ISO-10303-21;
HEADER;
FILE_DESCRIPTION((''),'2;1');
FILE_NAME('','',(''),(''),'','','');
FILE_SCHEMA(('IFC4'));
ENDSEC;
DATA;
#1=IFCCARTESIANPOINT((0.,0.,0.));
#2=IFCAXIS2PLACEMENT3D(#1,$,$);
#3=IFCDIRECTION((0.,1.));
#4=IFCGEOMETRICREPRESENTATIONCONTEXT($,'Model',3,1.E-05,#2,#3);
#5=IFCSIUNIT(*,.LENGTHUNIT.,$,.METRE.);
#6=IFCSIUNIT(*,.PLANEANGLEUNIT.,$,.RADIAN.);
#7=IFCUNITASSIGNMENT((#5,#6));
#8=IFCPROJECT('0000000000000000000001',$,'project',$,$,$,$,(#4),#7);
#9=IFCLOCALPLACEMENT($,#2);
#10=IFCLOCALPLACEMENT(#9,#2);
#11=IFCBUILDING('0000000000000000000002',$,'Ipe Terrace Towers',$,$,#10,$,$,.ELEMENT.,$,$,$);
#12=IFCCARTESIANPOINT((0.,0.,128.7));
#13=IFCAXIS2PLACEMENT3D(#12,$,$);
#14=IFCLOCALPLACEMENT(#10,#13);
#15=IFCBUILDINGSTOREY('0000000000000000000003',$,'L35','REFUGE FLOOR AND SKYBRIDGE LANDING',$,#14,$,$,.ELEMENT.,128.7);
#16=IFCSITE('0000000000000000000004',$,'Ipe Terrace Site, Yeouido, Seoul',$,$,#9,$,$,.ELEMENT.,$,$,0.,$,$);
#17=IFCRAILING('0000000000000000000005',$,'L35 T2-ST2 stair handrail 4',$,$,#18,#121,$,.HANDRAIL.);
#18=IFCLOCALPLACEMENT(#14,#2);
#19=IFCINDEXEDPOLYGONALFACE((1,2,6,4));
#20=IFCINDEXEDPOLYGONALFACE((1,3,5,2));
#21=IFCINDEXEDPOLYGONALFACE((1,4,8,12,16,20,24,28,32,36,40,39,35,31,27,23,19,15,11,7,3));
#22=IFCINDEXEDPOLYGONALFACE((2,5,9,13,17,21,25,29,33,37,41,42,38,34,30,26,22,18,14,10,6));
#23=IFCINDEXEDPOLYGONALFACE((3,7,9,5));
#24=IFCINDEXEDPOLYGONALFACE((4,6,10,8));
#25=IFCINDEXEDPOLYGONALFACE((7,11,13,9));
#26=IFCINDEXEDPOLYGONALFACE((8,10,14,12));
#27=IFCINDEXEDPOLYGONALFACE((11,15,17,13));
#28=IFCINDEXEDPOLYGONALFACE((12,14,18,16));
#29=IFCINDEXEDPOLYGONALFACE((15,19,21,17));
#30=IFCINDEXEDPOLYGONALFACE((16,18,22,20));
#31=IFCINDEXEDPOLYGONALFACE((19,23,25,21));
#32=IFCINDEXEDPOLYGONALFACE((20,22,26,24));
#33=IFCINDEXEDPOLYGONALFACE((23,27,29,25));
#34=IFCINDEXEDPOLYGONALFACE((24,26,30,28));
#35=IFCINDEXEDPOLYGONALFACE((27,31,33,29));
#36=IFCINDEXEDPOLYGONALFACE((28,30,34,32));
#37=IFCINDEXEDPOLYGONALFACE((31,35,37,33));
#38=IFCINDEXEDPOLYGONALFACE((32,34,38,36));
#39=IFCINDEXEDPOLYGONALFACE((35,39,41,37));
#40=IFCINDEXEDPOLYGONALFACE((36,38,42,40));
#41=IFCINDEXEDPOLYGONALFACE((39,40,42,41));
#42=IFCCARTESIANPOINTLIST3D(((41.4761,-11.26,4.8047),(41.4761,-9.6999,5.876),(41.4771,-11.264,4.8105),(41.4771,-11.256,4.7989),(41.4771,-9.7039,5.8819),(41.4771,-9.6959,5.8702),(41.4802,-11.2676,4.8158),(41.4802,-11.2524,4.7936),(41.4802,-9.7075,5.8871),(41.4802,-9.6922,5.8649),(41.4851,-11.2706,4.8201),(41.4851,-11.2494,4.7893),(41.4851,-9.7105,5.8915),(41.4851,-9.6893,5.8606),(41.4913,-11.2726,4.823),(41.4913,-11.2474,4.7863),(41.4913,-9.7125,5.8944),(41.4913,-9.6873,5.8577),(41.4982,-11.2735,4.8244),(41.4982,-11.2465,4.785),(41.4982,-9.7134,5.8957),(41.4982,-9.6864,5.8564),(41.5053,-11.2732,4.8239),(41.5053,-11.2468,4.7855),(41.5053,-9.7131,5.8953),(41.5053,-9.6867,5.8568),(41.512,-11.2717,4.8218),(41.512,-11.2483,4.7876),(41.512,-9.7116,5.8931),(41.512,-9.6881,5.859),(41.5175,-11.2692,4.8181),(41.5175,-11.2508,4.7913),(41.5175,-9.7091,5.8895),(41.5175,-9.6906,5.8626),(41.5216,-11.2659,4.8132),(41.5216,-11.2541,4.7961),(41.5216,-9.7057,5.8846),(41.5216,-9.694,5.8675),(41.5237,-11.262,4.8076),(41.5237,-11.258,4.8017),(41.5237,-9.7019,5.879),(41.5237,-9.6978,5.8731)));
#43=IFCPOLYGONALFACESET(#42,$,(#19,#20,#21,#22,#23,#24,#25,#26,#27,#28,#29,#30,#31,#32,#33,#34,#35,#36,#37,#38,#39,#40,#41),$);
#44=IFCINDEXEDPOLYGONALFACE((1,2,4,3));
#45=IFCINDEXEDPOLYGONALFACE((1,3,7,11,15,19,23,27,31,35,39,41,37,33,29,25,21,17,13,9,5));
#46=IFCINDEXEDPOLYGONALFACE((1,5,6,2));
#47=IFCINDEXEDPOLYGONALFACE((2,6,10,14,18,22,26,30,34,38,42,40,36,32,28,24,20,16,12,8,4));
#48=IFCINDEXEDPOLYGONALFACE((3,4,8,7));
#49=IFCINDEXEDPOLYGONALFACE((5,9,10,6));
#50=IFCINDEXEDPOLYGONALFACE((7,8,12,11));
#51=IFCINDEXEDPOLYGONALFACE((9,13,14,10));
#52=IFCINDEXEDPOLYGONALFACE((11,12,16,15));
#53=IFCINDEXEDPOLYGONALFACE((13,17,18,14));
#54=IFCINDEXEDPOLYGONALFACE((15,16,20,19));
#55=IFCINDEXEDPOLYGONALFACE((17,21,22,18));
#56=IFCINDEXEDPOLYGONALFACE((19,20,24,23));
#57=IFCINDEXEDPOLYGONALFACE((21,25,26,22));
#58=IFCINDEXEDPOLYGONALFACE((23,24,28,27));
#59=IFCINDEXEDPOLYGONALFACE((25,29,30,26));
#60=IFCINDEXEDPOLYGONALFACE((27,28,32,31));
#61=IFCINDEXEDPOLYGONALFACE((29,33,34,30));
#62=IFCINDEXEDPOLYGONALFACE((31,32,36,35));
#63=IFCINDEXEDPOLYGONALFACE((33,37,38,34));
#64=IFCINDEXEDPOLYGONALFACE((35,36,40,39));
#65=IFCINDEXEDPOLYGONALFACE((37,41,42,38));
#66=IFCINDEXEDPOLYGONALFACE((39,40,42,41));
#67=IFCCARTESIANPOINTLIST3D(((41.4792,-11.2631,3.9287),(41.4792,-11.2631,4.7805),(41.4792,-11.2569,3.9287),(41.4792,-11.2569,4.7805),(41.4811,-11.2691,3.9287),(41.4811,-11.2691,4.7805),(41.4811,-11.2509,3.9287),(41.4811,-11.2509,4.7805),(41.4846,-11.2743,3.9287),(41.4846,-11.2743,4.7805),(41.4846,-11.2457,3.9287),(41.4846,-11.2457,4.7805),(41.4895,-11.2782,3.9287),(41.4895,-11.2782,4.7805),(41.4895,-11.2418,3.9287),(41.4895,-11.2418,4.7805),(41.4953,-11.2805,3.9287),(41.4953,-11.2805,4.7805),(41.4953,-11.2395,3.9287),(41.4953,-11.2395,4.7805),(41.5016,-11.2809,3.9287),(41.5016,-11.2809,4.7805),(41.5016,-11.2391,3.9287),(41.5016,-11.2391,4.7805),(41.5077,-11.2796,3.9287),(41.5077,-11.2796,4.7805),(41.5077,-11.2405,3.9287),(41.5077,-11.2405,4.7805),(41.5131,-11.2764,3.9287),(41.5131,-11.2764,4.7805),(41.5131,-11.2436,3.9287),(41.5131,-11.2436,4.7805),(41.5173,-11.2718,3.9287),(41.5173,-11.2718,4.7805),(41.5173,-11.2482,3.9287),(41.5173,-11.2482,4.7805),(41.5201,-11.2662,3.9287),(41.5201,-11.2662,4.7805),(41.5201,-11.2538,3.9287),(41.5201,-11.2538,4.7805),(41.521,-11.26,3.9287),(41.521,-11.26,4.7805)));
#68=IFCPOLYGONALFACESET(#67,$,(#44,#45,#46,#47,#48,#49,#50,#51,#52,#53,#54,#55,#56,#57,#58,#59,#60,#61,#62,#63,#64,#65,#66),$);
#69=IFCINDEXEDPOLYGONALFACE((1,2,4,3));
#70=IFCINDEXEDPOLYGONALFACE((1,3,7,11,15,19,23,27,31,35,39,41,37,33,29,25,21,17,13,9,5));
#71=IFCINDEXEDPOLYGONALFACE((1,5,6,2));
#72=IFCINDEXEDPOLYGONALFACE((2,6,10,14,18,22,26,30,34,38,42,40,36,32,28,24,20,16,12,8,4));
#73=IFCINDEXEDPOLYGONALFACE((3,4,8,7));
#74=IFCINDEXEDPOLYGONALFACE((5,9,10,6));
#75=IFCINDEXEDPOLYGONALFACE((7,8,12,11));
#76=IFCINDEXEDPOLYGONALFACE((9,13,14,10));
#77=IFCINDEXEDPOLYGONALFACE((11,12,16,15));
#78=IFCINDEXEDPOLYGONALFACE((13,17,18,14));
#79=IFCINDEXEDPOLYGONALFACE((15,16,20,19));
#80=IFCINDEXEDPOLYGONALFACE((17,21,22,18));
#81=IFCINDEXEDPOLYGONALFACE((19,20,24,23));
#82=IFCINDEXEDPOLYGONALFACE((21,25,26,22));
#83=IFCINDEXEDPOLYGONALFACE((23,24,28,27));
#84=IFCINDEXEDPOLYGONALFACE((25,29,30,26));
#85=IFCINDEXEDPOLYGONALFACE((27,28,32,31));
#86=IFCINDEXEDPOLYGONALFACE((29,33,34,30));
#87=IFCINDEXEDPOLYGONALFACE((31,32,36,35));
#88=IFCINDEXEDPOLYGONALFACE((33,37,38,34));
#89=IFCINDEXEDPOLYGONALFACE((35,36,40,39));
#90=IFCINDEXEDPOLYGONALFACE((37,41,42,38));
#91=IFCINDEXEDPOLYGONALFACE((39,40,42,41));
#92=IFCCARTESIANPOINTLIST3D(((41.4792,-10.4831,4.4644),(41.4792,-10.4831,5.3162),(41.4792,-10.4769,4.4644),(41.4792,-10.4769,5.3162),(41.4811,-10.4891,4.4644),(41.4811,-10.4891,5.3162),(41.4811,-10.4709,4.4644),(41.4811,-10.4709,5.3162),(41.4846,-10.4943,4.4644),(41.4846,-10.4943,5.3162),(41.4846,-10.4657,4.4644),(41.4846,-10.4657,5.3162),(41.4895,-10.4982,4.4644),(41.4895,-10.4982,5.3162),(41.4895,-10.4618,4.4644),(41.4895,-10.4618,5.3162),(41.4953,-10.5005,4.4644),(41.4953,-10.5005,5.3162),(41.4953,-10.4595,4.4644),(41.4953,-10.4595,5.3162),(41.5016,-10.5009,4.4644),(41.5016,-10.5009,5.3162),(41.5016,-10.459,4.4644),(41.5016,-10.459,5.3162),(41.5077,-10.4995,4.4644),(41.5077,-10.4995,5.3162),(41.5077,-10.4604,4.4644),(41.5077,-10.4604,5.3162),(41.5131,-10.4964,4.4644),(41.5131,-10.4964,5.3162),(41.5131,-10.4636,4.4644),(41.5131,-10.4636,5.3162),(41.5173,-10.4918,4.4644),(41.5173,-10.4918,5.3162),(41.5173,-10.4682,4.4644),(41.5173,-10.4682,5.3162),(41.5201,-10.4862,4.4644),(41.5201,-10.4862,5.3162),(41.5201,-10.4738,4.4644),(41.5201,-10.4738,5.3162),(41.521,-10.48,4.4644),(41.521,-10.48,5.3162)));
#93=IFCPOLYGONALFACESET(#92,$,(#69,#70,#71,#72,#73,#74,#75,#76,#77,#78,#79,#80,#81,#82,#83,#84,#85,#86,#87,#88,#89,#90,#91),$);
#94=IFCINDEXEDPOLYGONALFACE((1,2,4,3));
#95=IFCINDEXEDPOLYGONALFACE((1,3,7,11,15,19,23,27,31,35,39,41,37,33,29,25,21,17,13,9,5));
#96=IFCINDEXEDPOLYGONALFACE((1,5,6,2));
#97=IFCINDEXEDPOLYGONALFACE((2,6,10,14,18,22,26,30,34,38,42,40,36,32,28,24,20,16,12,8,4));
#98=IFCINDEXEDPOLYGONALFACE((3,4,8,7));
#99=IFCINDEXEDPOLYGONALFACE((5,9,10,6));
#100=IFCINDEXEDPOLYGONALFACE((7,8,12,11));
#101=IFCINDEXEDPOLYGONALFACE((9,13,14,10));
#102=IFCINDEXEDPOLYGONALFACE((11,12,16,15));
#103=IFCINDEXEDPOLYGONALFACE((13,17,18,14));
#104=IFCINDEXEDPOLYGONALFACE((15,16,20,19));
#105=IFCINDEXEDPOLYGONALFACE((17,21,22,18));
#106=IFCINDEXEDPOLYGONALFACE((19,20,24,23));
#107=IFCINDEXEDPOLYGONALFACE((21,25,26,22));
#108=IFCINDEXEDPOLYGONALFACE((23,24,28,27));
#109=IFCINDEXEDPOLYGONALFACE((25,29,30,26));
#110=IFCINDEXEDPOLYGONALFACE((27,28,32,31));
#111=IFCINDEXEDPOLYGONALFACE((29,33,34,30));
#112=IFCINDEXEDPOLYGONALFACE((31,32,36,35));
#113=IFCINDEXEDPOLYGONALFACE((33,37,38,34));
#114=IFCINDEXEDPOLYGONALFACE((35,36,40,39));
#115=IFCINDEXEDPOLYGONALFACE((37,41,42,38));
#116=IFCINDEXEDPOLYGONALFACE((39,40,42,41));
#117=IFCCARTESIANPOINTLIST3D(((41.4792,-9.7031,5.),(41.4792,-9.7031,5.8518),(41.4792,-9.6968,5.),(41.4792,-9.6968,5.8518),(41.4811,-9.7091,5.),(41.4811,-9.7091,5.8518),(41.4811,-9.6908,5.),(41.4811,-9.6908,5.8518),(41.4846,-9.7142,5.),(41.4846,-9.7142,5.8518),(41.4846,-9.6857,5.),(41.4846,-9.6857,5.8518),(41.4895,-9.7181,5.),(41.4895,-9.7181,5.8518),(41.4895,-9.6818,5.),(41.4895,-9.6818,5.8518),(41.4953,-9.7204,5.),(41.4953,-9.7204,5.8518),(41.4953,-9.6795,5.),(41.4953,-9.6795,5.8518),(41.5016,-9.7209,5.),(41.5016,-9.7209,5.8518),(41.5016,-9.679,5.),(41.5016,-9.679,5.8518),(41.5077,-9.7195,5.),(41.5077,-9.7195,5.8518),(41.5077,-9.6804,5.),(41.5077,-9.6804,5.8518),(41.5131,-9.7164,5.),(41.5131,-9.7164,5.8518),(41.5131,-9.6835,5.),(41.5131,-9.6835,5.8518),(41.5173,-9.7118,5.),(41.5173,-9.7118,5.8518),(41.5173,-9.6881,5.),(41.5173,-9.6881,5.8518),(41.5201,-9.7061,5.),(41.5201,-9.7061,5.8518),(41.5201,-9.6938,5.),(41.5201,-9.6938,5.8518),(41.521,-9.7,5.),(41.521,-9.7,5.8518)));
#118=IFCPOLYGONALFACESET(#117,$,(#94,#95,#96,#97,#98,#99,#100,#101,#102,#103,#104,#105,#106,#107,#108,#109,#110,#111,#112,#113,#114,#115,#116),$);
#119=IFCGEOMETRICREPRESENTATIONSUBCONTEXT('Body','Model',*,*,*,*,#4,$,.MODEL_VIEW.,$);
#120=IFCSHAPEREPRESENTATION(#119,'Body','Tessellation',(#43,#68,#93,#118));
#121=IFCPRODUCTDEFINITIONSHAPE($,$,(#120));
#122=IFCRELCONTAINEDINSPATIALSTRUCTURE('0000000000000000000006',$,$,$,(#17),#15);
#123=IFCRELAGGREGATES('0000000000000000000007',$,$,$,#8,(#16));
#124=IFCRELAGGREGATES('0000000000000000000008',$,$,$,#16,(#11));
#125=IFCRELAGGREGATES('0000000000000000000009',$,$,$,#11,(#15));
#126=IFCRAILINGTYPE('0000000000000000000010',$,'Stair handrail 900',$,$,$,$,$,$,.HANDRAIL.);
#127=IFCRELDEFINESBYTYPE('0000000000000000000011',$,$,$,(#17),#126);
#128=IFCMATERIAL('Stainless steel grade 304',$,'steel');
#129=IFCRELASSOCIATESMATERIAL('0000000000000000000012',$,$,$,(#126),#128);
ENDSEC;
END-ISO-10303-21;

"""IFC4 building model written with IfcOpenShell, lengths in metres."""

from ifc_helpers import new_model, si_unit, direction, frame, origin, origin_2d, place, context, subcontext, project, spatial, circle, extrude, material, type_object, element, save


model = new_model("IFC4")

# Units and contexts
model_context = context("Model", 3, precision=1e-05, world=origin(), true_north=direction((0.0, 1.0)))
body_context = subcontext(model_context, "Body", "Model", "MODEL_VIEW")
ifc_project = project(units=[si_unit("LENGTHUNIT", "METRE"), si_unit("PLANEANGLEUNIT", "RADIAN")], contexts=[model_context])

# Site, building, storey
site_placement = place(None, origin())
site = spatial("IfcSite", under=ifc_project, at=site_placement, Name="Ipe Terrace Site, Yeouido, Seoul", CompositionType="ELEMENT", RefElevation=0.0)
building_placement = place(site_placement, origin())
building = spatial("IfcBuilding", under=site, at=building_placement, Name="Ipe Terrace Towers", CompositionType="ELEMENT")
storey_placement = place(building_placement, frame((0.0, 0.0, 128.7)))
storey = spatial("IfcBuildingStorey", under=building, at=storey_placement, Name="L35", Description="REFUGE FLOOR AND SKYBRIDGE LANDING", CompositionType="ELEMENT", Elevation=128.7)

# Railing
ifc_material_1 = material(Name="Stainless steel grade 304", Category="steel")
railing_type_1 = type_object("IfcRailingType", Name="Stair handrail 900", PredefinedType="HANDRAIL", material=ifc_material_1)
railing_1_placement = place(storey_placement, frame((41.5, -11.26, 3.9287)))
element("IfcRailing", 1, at=railing_1_placement, inside=storey, type_object=railing_type_1, Name="L35 T2-ST2 stair handrail 4", PredefinedType="HANDRAIL", context=body_context, shape_type="SweptSolid", body=[
    extrude(circle(Radius=0.0239, at=origin_2d()), frame((0.0, 0.0, 0.876), z_axis=(0.0, 0.82435, 0.56608), x_axis=(-1.0, 0.0, 0.0)), (0.0, 0.0, 1.0), 1.8926),
    extrude(circle(Radius=0.021, at=origin_2d()), origin(), (0.0, 0.0, 1.0), 0.8518),
    extrude(circle(Radius=0.021, at=origin_2d()), frame((0.0, 0.78, 0.5356)), (0.0, 0.0, 1.0), 0.8518),
    extrude(circle(Radius=0.021, at=origin_2d()), frame((0.0, 1.5601, 1.0713)), (0.0, 0.0, 1.0), 0.8518),
])

save(model, "model.ifc")
